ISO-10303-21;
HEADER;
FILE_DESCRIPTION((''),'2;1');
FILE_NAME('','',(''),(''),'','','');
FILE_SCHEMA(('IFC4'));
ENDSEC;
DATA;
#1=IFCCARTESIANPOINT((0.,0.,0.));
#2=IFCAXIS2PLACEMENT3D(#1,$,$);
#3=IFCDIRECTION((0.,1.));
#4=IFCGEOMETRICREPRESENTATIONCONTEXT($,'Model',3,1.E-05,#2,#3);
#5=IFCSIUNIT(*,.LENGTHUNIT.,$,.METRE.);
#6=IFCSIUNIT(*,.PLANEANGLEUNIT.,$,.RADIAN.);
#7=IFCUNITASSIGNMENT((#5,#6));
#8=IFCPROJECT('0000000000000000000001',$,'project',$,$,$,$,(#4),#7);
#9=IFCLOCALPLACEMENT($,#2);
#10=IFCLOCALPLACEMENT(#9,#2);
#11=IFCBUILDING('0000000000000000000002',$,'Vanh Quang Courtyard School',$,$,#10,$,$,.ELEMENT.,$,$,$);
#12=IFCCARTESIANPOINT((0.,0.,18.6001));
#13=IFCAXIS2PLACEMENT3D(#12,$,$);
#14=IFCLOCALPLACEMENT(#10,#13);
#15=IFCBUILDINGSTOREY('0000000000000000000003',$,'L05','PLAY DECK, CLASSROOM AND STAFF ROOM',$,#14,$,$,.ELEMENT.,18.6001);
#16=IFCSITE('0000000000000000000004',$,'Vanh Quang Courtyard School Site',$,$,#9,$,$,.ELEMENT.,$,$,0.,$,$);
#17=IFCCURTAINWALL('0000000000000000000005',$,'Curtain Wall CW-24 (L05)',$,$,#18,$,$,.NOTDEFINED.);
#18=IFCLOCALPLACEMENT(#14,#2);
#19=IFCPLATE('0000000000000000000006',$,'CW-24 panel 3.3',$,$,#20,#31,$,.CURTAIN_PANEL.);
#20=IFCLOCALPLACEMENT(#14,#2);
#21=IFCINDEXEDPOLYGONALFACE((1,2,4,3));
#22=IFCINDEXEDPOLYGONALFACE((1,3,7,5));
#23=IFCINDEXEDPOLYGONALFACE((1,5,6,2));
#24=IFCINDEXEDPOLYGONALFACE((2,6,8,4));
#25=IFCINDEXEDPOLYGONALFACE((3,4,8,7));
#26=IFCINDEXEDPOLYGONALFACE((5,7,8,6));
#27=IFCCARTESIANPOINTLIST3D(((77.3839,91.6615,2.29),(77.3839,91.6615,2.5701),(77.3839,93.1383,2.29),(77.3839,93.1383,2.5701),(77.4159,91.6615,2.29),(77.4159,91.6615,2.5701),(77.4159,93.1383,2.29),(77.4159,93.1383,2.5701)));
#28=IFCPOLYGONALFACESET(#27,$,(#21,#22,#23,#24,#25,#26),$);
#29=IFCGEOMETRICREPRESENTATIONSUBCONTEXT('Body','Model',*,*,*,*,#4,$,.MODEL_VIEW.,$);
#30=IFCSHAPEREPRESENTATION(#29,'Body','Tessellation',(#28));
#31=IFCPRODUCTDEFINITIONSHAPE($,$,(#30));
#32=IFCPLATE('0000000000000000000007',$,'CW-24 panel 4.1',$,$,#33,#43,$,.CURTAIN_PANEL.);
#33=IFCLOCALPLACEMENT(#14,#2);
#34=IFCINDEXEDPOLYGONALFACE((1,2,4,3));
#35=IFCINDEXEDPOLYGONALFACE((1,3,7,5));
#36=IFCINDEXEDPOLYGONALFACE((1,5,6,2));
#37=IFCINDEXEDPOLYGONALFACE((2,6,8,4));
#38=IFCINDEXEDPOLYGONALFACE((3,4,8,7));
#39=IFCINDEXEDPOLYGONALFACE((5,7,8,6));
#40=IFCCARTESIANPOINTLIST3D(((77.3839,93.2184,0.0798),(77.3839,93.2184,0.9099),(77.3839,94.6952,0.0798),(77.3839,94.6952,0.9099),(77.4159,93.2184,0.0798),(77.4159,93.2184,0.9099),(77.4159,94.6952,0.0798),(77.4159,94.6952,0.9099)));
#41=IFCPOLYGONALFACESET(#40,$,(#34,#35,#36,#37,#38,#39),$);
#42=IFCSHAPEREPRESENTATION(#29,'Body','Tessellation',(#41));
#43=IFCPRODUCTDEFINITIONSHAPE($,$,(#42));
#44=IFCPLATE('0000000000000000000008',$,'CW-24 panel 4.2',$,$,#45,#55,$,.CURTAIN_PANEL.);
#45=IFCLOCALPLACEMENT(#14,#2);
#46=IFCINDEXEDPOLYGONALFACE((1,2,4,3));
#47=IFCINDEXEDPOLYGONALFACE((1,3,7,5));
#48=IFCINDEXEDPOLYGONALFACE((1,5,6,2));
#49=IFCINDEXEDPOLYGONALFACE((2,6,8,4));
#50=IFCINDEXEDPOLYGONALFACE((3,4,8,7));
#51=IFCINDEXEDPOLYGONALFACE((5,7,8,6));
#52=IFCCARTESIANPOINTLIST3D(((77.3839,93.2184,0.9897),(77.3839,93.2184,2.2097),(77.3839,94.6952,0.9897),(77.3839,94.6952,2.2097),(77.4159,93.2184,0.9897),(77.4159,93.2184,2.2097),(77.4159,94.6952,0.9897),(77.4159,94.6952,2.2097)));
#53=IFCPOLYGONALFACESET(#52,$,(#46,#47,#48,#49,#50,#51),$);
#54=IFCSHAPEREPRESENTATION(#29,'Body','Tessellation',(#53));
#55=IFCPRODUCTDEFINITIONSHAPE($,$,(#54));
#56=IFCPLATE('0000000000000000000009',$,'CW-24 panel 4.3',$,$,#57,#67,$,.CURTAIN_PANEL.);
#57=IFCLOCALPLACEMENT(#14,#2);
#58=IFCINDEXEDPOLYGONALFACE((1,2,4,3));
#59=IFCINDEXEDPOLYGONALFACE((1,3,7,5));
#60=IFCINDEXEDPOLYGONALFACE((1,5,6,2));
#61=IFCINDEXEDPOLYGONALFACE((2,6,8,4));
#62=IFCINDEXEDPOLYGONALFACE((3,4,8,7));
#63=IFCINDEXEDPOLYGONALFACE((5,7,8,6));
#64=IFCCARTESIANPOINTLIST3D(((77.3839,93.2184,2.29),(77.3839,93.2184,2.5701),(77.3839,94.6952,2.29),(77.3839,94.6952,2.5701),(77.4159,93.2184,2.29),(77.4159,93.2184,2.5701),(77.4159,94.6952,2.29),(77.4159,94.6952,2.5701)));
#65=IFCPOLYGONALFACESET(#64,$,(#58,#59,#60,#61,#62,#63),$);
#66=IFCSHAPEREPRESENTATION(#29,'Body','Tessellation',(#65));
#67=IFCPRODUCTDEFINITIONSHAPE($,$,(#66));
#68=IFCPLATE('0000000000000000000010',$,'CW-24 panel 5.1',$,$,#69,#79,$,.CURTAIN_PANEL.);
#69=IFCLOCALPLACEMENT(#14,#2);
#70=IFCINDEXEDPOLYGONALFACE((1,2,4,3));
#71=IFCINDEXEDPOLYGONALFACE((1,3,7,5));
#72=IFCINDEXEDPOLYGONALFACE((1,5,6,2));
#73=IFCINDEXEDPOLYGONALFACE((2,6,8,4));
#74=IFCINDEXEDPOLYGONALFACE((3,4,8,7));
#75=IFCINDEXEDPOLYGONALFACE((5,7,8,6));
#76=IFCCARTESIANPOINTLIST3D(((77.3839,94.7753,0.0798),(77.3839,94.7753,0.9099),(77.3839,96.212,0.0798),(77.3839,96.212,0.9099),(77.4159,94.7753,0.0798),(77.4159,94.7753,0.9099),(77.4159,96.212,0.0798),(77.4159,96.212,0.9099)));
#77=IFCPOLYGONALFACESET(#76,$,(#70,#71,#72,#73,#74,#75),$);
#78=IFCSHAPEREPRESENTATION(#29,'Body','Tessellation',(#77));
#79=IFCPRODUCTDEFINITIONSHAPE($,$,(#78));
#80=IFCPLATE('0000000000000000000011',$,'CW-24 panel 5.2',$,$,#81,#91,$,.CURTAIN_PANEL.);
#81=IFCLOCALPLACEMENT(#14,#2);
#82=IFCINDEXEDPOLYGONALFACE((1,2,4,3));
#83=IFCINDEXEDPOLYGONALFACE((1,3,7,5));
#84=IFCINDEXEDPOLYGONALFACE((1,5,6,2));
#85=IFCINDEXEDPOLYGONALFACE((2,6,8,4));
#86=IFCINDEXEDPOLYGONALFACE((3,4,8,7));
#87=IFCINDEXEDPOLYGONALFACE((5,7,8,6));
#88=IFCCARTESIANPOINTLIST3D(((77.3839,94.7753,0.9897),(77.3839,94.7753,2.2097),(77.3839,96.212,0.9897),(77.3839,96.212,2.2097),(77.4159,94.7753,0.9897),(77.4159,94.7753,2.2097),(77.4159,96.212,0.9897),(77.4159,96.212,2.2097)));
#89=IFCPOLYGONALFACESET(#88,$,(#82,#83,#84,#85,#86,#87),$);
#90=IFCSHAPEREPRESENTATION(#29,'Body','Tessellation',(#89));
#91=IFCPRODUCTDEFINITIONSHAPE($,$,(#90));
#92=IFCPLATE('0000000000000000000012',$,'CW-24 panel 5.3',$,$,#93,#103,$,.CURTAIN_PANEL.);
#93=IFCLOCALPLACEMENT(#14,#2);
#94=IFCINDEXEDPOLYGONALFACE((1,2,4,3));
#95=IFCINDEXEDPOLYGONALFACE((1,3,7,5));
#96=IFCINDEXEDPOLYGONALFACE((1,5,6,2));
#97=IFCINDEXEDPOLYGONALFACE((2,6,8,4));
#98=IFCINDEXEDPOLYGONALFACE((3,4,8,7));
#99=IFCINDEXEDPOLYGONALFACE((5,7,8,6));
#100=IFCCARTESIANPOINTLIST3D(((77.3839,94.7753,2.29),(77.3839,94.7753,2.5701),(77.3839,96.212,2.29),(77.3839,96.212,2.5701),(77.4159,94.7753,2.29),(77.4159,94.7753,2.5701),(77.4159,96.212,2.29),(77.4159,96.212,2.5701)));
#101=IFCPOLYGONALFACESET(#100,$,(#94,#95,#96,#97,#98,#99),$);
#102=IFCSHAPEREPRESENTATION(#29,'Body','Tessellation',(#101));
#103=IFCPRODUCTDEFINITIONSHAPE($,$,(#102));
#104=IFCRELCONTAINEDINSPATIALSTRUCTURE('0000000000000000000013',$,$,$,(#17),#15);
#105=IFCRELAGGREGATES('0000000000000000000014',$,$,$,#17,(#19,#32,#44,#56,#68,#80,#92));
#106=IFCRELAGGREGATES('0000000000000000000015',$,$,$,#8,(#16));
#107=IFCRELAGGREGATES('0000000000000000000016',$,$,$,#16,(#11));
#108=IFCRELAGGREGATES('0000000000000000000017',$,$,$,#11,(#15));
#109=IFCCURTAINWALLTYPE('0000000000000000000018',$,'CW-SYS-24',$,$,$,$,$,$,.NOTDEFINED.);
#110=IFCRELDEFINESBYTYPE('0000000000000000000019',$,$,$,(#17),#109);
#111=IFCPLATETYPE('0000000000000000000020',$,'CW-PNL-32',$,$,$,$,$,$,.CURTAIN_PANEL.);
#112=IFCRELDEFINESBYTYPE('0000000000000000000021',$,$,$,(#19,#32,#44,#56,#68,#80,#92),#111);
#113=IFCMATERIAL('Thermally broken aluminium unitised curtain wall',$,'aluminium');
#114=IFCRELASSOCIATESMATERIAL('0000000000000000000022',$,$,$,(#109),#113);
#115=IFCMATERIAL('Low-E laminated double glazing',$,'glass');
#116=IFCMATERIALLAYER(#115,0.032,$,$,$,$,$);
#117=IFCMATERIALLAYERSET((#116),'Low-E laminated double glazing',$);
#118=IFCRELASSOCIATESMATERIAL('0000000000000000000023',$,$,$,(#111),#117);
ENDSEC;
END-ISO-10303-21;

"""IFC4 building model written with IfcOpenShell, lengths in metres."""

from ifc_helpers import new_model, si_unit, direction, frame, origin, origin_2d, place, context, subcontext, project, spatial, rectangle, extrude, material, layer, layer_set, type_object, element, aggregate, save


model = new_model("IFC4")

# Units and contexts
model_context = context("Model", 3, precision=1e-05, world=origin(), true_north=direction((0.0, 1.0)))
body_context = subcontext(model_context, "Body", "Model", "MODEL_VIEW")
ifc_project = project(units=[si_unit("LENGTHUNIT", "METRE"), si_unit("PLANEANGLEUNIT", "RADIAN")], contexts=[model_context])

# Site, building, storey
site_placement = place(None, origin())
site = spatial("IfcSite", under=ifc_project, at=site_placement, Name="Vanh Quang Courtyard School Site", CompositionType="ELEMENT", RefElevation=0.0)
building_placement = place(site_placement, origin())
building = spatial("IfcBuilding", under=site, at=building_placement, Name="Vanh Quang Courtyard School", CompositionType="ELEMENT")
storey_placement = place(building_placement, frame((0.0, 0.0, 18.6001)))
storey = spatial("IfcBuildingStorey", under=building, at=storey_placement, Name="L05", Description="PLAY DECK, CLASSROOM AND STAFF ROOM", CompositionType="ELEMENT", Elevation=18.6001)

# Curtain wall, plates
ifc_material_1 = material(Name="Thermally broken aluminium unitised curtain wall", Category="aluminium")
curtain_wall_type = type_object("IfcCurtainWallType", Name="CW-SYS-24", PredefinedType="NOTDEFINED", material=ifc_material_1)
curtain_wall_placement = place(storey_placement, origin())
curtain_wall = element("IfcCurtainWall", 1, at=curtain_wall_placement, inside=storey, type_object=curtain_wall_type, Name="Curtain Wall CW-24 (L05)", PredefinedType="NOTDEFINED")
ifc_material_2 = material(Name="Low-E laminated double glazing", Category="glass")
ifc_layer = layer(ifc_material_2, 0.032)
ifc_layer_set = layer_set([ifc_layer], Name="Low-E laminated double glazing")
plate_type = type_object("IfcPlateType", Name="CW-PNL-32", PredefinedType="CURTAIN_PANEL", material=ifc_layer_set)
plate_1_placement = place(storey_placement, frame((77.3999, 92.3999, 2.29), z_axis=(0.0, 0.0, 1.0), x_axis=(0.0, 1.0, 0.0)))
plate_1 = element("IfcPlate", 2, at=plate_1_placement, type_object=plate_type, Name="CW-24 panel 3.3", PredefinedType="CURTAIN_PANEL", context=body_context, shape_type="SweptSolid", body=[
    extrude(rectangle(XDim=1.4768, YDim=0.032, at=origin_2d()), origin(), (0.0, 0.0, 1.0), 0.28),
])
plate_2_placement = place(storey_placement, frame((77.3999, 93.9568, 0.0798), z_axis=(0.0, 0.0, 1.0), x_axis=(0.0, 1.0, 0.0)))
plate_2 = element("IfcPlate", 3, at=plate_2_placement, type_object=plate_type, Name="CW-24 panel 4.1", PredefinedType="CURTAIN_PANEL", context=body_context, shape_type="SweptSolid", body=[
    extrude(rectangle(XDim=1.4768, YDim=0.032, at=origin_2d()), origin(), (0.0, 0.0, 1.0), 0.8301),
])
plate_3_placement = place(storey_placement, frame((77.3999, 93.9568, 0.9897), z_axis=(0.0, 0.0, 1.0), x_axis=(0.0, 1.0, 0.0)))
plate_3 = element("IfcPlate", 4, at=plate_3_placement, type_object=plate_type, Name="CW-24 panel 4.2", PredefinedType="CURTAIN_PANEL", context=body_context, shape_type="SweptSolid", body=[
    extrude(rectangle(XDim=1.4768, YDim=0.032, at=origin_2d()), origin(), (0.0, 0.0, 1.0), 1.22),
])
plate_4_placement = place(storey_placement, frame((77.3999, 93.9568, 2.29), z_axis=(0.0, 0.0, 1.0), x_axis=(0.0, 1.0, 0.0)))
plate_4 = element("IfcPlate", 5, at=plate_4_placement, type_object=plate_type, Name="CW-24 panel 4.3", PredefinedType="CURTAIN_PANEL", context=body_context, shape_type="SweptSolid", body=[
    extrude(rectangle(XDim=1.4768, YDim=0.032, at=origin_2d()), origin(), (0.0, 0.0, 1.0), 0.28),
])
plate_5_placement = place(storey_placement, frame((77.3999, 95.4937, 0.0798), z_axis=(0.0, 0.0, 1.0), x_axis=(0.0, 1.0, 0.0)))
plate_5 = element("IfcPlate", 6, at=plate_5_placement, type_object=plate_type, Name="CW-24 panel 5.1", PredefinedType="CURTAIN_PANEL", context=body_context, shape_type="SweptSolid", body=[
    extrude(rectangle(XDim=1.4368, YDim=0.032, at=origin_2d()), origin(), (0.0, 0.0, 1.0), 0.8301),
])
plate_6_placement = place(storey_placement, frame((77.3999, 95.4937, 0.9897), z_axis=(0.0, 0.0, 1.0), x_axis=(0.0, 1.0, 0.0)))
plate_6 = element("IfcPlate", 7, at=plate_6_placement, type_object=plate_type, Name="CW-24 panel 5.2", PredefinedType="CURTAIN_PANEL", context=body_context, shape_type="SweptSolid", body=[
    extrude(rectangle(XDim=1.4368, YDim=0.032, at=origin_2d()), origin(), (0.0, 0.0, 1.0), 1.22),
])
plate_7_placement = place(storey_placement, frame((77.3999, 95.4937, 2.29), z_axis=(0.0, 0.0, 1.0), x_axis=(0.0, 1.0, 0.0)))
plate_7 = element("IfcPlate", 8, at=plate_7_placement, type_object=plate_type, Name="CW-24 panel 5.3", PredefinedType="CURTAIN_PANEL", context=body_context, shape_type="SweptSolid", body=[
    extrude(rectangle(XDim=1.4368, YDim=0.032, at=origin_2d()), origin(), (0.0, 0.0, 1.0), 0.28),
])
aggregate(curtain_wall, [plate_1, plate_2, plate_3, plate_4, plate_5, plate_6, plate_7])

save(model, "model.ifc")
